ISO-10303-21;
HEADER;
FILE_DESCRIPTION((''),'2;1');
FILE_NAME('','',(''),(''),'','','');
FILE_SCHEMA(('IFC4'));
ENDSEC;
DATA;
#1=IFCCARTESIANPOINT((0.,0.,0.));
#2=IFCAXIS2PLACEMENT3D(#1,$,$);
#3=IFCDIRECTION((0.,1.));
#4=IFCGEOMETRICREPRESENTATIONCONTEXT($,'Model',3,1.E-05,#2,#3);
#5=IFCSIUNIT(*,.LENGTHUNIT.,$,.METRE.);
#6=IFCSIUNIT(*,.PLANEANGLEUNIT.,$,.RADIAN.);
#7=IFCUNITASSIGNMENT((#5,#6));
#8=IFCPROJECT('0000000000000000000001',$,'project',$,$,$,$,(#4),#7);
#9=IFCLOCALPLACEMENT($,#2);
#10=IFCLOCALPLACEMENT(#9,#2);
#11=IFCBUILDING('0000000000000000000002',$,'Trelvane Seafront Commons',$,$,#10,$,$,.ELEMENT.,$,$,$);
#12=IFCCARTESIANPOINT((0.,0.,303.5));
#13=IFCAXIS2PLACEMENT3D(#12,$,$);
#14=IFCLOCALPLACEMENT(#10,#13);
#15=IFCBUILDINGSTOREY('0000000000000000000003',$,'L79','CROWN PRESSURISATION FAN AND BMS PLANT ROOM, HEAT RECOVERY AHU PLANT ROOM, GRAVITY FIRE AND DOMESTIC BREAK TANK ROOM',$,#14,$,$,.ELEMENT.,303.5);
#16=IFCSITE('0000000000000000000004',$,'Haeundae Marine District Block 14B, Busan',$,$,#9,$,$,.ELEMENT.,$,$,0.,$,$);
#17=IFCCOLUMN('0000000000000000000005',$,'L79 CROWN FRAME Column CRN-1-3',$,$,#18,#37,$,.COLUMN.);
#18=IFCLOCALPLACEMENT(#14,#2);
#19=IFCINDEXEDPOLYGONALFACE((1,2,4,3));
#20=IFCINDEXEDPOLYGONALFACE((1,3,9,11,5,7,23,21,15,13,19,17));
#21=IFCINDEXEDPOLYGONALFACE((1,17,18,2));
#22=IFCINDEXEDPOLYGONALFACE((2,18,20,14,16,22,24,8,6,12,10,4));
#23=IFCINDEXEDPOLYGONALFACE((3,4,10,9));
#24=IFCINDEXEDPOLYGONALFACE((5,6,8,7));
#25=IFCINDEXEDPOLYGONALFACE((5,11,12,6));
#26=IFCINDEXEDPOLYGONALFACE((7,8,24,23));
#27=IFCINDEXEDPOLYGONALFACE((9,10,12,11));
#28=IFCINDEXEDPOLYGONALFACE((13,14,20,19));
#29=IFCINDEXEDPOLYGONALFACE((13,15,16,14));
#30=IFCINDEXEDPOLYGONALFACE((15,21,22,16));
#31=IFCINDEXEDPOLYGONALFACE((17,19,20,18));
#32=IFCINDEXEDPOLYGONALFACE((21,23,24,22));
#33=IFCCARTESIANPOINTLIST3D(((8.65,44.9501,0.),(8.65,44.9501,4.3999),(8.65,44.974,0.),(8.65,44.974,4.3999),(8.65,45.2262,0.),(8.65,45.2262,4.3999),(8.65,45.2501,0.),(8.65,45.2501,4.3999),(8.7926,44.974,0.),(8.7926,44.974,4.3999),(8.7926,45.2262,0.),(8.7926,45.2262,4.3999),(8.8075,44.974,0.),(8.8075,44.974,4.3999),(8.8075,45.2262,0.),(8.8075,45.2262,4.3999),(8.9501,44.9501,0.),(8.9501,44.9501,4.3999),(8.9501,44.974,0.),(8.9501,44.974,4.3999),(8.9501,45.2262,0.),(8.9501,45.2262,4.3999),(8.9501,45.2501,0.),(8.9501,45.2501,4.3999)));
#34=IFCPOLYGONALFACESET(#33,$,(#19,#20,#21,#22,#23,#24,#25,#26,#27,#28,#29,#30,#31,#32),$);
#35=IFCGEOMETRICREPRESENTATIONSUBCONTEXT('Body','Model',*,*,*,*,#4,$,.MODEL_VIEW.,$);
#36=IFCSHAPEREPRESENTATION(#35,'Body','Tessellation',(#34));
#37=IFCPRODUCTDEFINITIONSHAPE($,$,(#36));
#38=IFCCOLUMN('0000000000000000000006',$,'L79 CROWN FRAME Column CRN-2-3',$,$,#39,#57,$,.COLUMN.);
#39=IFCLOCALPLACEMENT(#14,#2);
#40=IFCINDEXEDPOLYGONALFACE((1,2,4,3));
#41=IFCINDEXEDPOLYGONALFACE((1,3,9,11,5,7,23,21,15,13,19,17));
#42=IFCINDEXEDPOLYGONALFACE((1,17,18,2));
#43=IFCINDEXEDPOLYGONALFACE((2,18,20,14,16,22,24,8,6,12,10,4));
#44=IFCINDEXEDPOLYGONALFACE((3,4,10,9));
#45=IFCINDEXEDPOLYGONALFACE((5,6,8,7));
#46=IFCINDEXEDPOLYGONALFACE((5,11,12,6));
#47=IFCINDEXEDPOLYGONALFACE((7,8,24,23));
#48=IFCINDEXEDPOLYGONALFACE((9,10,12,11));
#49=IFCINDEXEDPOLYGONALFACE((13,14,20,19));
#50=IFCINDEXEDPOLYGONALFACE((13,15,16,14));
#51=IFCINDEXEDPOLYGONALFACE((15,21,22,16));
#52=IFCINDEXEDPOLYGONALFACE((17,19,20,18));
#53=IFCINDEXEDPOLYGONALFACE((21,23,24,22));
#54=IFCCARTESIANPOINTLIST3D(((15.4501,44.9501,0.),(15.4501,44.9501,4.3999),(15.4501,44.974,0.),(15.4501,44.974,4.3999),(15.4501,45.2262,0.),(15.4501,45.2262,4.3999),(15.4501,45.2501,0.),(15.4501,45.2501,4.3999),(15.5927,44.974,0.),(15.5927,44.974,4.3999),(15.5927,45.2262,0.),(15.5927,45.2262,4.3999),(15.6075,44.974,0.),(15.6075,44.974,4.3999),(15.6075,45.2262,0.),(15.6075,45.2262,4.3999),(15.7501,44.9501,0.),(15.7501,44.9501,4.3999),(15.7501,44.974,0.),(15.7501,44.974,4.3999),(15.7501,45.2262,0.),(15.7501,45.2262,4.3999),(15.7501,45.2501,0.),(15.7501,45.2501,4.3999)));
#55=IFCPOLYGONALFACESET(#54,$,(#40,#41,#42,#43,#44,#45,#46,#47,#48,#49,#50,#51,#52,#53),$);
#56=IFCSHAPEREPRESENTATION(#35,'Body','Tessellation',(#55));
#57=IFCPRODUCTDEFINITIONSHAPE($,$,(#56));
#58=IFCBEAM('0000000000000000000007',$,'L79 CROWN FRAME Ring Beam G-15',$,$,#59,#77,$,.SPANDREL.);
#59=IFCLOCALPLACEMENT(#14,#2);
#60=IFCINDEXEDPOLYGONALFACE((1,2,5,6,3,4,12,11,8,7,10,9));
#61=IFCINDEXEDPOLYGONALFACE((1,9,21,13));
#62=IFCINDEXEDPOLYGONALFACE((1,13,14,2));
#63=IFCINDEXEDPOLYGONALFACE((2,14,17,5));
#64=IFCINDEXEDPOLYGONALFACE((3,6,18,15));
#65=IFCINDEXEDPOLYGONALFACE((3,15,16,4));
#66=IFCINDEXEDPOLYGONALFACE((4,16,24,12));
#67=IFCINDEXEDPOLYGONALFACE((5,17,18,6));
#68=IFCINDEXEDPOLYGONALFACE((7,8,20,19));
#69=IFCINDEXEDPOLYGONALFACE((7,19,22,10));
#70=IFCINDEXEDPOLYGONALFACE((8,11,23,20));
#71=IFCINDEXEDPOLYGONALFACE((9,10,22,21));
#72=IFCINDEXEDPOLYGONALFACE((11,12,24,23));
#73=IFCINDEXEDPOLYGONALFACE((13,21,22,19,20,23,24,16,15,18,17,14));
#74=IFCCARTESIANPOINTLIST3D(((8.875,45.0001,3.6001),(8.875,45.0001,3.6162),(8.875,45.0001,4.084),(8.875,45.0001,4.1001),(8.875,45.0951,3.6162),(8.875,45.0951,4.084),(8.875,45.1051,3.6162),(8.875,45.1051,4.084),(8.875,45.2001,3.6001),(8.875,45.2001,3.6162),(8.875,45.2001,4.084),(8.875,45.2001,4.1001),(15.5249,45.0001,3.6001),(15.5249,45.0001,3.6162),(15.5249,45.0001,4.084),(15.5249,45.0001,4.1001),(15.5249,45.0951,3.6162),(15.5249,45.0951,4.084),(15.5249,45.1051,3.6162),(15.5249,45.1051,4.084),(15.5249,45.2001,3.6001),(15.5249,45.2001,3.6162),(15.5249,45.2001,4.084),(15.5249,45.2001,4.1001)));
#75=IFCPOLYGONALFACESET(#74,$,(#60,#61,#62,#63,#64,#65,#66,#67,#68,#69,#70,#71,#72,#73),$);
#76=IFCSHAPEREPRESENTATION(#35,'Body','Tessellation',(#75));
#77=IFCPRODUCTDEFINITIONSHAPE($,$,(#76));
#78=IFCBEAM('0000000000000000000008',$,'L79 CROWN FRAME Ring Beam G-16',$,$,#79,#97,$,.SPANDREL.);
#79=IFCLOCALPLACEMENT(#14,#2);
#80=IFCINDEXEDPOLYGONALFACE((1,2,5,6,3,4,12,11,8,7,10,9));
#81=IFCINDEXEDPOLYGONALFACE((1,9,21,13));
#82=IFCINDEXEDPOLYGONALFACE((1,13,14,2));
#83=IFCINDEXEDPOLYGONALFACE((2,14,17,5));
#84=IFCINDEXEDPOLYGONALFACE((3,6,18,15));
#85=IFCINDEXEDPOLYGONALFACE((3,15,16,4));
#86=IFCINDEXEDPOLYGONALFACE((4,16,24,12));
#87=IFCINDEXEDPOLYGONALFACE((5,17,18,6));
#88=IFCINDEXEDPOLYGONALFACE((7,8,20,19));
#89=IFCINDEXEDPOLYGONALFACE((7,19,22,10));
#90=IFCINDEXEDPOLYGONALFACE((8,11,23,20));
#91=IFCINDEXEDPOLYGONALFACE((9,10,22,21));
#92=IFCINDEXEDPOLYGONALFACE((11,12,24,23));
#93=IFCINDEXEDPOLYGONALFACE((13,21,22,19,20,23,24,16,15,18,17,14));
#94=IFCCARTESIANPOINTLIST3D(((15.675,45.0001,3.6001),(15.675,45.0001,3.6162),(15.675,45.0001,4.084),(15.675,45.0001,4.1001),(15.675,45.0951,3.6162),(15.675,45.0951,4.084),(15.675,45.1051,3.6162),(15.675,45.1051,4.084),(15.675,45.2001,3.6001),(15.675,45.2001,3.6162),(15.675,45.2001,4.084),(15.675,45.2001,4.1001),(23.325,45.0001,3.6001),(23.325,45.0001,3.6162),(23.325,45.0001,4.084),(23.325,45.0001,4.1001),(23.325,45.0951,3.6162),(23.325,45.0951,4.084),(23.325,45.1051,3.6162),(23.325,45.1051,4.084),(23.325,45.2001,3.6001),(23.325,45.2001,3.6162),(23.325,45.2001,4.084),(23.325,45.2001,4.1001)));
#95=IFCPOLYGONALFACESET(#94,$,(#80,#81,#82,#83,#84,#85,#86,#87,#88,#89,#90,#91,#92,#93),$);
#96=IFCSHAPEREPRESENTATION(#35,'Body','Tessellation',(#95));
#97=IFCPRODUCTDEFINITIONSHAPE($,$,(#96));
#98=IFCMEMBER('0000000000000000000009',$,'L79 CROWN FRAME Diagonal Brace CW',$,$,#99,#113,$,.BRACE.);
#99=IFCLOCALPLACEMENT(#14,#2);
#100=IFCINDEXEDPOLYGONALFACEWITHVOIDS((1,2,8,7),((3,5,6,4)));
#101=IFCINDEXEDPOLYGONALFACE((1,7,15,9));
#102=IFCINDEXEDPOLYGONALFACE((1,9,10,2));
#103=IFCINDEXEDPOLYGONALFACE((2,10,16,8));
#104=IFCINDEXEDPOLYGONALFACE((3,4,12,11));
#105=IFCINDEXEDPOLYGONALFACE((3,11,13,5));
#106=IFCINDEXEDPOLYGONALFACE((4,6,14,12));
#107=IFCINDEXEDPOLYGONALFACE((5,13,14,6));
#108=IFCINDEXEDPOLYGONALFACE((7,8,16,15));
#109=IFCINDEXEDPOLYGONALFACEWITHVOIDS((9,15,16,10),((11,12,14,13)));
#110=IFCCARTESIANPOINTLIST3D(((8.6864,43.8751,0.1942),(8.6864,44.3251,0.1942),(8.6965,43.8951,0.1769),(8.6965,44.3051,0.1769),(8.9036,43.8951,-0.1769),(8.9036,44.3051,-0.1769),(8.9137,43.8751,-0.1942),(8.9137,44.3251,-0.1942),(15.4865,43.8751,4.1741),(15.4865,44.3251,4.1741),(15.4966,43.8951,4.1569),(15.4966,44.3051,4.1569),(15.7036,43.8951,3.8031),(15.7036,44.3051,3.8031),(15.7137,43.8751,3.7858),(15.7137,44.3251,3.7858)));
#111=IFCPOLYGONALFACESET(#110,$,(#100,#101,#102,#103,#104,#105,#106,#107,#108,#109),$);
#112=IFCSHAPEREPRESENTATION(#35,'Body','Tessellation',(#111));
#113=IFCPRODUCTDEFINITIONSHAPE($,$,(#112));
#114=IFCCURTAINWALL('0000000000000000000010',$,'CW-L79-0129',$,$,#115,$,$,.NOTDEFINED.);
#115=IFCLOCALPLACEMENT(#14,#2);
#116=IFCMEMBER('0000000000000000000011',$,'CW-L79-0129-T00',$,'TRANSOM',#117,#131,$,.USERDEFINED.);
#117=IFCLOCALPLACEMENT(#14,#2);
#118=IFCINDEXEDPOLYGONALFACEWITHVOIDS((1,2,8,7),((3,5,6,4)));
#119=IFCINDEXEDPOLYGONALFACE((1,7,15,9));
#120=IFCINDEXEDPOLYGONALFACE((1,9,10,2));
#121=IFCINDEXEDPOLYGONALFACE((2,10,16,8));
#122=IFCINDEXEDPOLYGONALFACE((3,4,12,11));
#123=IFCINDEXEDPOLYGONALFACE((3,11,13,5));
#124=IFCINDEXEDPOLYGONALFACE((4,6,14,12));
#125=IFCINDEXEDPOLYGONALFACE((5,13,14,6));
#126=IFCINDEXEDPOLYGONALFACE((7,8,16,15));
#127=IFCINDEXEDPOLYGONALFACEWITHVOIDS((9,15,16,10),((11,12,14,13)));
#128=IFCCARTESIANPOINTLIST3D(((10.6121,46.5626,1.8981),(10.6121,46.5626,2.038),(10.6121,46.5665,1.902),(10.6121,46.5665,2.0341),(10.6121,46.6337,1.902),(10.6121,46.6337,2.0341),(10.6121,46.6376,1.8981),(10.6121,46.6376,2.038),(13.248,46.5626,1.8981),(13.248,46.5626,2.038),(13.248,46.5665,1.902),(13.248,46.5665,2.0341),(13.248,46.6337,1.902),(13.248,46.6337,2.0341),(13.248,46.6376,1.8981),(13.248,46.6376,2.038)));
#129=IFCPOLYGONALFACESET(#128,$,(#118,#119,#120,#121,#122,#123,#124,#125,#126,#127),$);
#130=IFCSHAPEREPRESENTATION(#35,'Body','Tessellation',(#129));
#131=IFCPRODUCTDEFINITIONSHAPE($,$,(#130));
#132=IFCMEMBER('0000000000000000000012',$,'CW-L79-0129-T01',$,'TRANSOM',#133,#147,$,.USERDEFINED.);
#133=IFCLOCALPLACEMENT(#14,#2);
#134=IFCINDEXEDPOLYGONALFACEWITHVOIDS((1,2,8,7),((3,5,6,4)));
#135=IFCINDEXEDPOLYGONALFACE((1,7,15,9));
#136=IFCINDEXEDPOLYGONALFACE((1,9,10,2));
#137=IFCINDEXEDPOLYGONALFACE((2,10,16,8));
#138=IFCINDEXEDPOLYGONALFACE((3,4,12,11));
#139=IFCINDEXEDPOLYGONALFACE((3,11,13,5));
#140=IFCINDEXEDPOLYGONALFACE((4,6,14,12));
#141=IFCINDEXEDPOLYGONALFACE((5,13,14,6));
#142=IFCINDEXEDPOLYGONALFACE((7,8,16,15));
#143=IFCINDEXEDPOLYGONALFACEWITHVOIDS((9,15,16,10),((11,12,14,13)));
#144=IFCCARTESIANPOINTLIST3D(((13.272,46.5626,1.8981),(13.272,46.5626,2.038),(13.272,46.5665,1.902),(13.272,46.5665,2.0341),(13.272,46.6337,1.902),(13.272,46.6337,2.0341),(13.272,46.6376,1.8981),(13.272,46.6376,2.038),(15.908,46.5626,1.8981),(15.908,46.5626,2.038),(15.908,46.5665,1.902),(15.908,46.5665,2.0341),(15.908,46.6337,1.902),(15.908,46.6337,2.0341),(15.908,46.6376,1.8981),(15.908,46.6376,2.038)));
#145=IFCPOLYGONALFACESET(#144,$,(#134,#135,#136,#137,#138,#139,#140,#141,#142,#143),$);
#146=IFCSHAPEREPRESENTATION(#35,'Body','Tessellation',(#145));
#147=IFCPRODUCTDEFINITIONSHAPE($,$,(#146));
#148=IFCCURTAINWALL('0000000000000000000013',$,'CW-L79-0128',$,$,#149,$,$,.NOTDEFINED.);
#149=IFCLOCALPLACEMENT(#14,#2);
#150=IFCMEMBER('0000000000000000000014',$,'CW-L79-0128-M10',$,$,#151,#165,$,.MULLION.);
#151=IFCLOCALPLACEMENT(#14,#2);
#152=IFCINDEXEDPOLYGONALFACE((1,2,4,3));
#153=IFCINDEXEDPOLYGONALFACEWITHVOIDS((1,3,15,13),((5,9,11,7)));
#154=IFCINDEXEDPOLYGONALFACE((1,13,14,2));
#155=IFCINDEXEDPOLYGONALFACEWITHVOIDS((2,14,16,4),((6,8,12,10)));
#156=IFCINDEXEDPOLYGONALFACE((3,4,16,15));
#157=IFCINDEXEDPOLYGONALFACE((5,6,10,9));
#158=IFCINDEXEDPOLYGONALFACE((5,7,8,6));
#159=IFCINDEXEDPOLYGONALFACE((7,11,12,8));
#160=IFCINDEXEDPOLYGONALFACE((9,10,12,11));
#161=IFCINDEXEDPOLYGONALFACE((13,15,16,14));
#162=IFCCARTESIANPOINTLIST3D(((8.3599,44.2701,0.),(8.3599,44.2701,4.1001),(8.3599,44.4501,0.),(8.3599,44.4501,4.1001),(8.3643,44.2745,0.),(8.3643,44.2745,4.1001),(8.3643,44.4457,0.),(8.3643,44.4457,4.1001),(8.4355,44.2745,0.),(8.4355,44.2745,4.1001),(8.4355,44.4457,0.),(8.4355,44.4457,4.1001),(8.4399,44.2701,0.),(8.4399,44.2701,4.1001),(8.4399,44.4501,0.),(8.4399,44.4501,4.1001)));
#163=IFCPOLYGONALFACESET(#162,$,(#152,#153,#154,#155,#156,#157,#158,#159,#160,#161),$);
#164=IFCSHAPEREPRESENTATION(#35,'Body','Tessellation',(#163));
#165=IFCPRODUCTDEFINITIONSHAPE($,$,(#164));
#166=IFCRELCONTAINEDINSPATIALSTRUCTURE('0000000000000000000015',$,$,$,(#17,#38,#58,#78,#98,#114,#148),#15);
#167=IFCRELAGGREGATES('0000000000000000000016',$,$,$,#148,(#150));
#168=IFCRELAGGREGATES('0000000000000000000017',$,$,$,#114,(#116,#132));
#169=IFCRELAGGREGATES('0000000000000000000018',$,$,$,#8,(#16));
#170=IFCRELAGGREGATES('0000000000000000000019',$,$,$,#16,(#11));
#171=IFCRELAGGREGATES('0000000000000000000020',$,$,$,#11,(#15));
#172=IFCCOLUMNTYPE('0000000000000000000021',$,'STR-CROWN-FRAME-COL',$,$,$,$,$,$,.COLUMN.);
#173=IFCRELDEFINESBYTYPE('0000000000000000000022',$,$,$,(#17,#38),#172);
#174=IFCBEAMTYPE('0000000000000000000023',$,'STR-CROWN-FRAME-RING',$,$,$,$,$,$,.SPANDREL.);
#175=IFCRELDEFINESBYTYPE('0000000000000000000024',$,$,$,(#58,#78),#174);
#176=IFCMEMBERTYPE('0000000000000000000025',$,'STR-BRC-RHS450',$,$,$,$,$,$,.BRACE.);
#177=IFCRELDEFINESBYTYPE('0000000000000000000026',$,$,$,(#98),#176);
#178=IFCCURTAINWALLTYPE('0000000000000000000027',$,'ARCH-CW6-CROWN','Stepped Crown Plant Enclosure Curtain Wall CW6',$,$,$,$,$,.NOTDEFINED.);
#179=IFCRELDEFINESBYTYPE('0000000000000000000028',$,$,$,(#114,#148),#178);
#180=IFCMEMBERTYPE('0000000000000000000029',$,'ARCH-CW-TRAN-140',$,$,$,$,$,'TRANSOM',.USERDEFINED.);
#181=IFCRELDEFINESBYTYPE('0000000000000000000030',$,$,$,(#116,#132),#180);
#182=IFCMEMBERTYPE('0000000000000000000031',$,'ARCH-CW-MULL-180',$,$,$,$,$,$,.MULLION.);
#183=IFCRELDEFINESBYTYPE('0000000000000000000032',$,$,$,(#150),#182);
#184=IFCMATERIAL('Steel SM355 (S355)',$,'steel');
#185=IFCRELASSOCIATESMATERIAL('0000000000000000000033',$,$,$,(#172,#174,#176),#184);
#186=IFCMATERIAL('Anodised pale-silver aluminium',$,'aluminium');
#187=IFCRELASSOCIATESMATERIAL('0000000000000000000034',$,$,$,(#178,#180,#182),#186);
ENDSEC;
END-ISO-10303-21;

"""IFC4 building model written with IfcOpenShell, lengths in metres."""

from ifc_helpers import new_model, si_unit, direction, frame, origin, origin_2d, place, context, subcontext, project, spatial, hollow_rectangle, i_section, extrude, source, transform, mapped, material, material_profile, profile_set, type_object, element, aggregate, save


model = new_model("IFC4")

# Units and contexts
model_context = context("Model", 3, precision=1e-05, world=origin(), true_north=direction((0.0, 1.0)))
body_context = subcontext(model_context, "Body", "Model", "MODEL_VIEW")
ifc_project = project(units=[si_unit("LENGTHUNIT", "METRE"), si_unit("PLANEANGLEUNIT", "RADIAN")], contexts=[model_context])

# Site, building, storey
site_placement = place(None, origin())
site = spatial("IfcSite", under=ifc_project, at=site_placement, Name="Haeundae Marine District Block 14B, Busan", CompositionType="ELEMENT", RefElevation=0.0)
building_placement = place(site_placement, origin())
building = spatial("IfcBuilding", under=site, at=building_placement, Name="Trelvane Seafront Commons", CompositionType="ELEMENT")
storey_placement = place(building_placement, frame((0.0, 0.0, 303.5)))
storey = spatial("IfcBuildingStorey", under=building, at=storey_placement, Name="L79", Description="CROWN PRESSURISATION FAN AND BMS PLANT ROOM, HEAT RECOVERY AHU PLANT ROOM, GRAVITY FIRE AND DOMESTIC BREAK TANK ROOM", CompositionType="ELEMENT", Elevation=303.5)

# Columns
ifc_material_1 = material(Name="Steel SM355 (S355)", Category="steel")
ifc_material_profile_1 = material_profile(ifc_material_1, i_section(OverallWidth=0.3, OverallDepth=0.3, WebThickness=0.0149, FlangeThickness=0.0239, at=origin_2d()), Name="HD-300x300x15x24")
ifc_profile_set_1 = profile_set([ifc_material_profile_1], Name="Steel SM355 (S355)")
column_type = type_object("IfcColumnType", Name="STR-CROWN-FRAME-COL", PredefinedType="COLUMN", material=ifc_profile_set_1)
shared_shape_1 = source(origin(), body_context, "Body", "SweptSolid", [
    extrude(i_section(OverallWidth=0.3, OverallDepth=0.3, WebThickness=0.0149, FlangeThickness=0.0239, at=origin_2d()), origin(), (0.0, 0.0, 1.0), 4.3999),
])
for number, where, z_axis, x_axis, name in (
    (1, (8.8, 45.1001, 0.0), (0.0, 0.0, 1.0), (1.0, 0.0, 0.0), "L79 CROWN FRAME Column CRN-1-3"),
    (2, (15.6001, 45.1001, 0.0), (0.0, 0.0, 1.0), (1.0, 0.0, 0.0), "L79 CROWN FRAME Column CRN-2-3"),
):
    element("IfcColumn", number, at=place(storey_placement, frame(where, z_axis=z_axis, x_axis=x_axis)), inside=storey, type_object=column_type, Name=name, PredefinedType="COLUMN", context=body_context, shape_type="MappedRepresentation", body=[
        mapped(shared_shape_1, transform((0.0, 0.0, 0.0), x_axis=(1.0, 0.0, 0.0), y_axis=(0.0, 1.0, 0.0), z_axis=(0.0, 0.0, 1.0), scale=1.0)),
    ])

# Beams
ifc_material_profile_2 = material_profile(ifc_material_1, i_section(OverallWidth=0.2, OverallDepth=0.5, WebThickness=0.01, FlangeThickness=0.0161, at=origin_2d()), Name="H-500x200x10x16")
ifc_profile_set_2 = profile_set([ifc_material_profile_2], Name="Steel SM355 (S355)")
beam_type = type_object("IfcBeamType", Name="STR-CROWN-FRAME-RING", PredefinedType="SPANDREL", material=ifc_profile_set_2)
shared_shape_2 = source(origin(), body_context, "Body", "SweptSolid", [
    extrude(i_section(OverallWidth=0.2, OverallDepth=0.5, WebThickness=0.01, FlangeThickness=0.0161, at=origin_2d()), origin(), (0.0, 0.0, 1.0), 6.6499),
])
beam_1_placement = place(storey_placement, frame((8.875, 45.1001, 3.8501), z_axis=(1.0, 0.0, 0.0), x_axis=(0.0, 1.0, 0.0)))
element("IfcBeam", 3, at=beam_1_placement, inside=storey, type_object=beam_type, Name="L79 CROWN FRAME Ring Beam G-15", PredefinedType="SPANDREL", context=body_context, shape_type="MappedRepresentation", body=[
    mapped(shared_shape_2, transform((0.0, 0.0, 0.0), x_axis=(1.0, 0.0, 0.0), y_axis=(0.0, 1.0, 0.0), z_axis=(0.0, 0.0, 1.0), scale=1.0)),
])
shared_shape_3 = source(origin(), body_context, "Body", "SweptSolid", [
    extrude(i_section(OverallWidth=0.2, OverallDepth=0.5, WebThickness=0.01, FlangeThickness=0.0161, at=origin_2d()), origin(), (0.0, 0.0, 1.0), 7.6499),
])
beam_2_placement = place(storey_placement, frame((15.675, 45.1001, 3.8501), z_axis=(1.0, 0.0, 0.0), x_axis=(0.0, 1.0, 0.0)))
element("IfcBeam", 4, at=beam_2_placement, inside=storey, type_object=beam_type, Name="L79 CROWN FRAME Ring Beam G-16", PredefinedType="SPANDREL", context=body_context, shape_type="MappedRepresentation", body=[
    mapped(shared_shape_3, transform((0.0, 0.0, 0.0), x_axis=(1.0, 0.0, 0.0), y_axis=(0.0, 1.0, 0.0), z_axis=(0.0, 0.0, 1.0), scale=1.0)),
])

# Member
ifc_material_profile_3 = material_profile(ifc_material_1, hollow_rectangle(XDim=0.45, YDim=0.45, WallThickness=0.02, at=origin_2d()), Name="RHS-450x450x20")
ifc_profile_set_3 = profile_set([ifc_material_profile_3], Name="Steel SM355 (S355)")
member_type_1 = type_object("IfcMemberType", Name="STR-BRC-RHS450", PredefinedType="BRACE", material=ifc_profile_set_3)
shared_shape_4 = source(origin(), body_context, "Body", "SweptSolid", [
    extrude(hollow_rectangle(XDim=0.45, YDim=0.45, WallThickness=0.02, at=origin_2d()), origin(), (0.0, 0.0, 1.0), 7.8792),
])
member_1_placement = place(storey_placement, frame((8.8, 44.1001, 0.0), z_axis=(0.863044, 0.0, 0.505129), x_axis=(0.0, 1.0, 0.0)))
element("IfcMember", 5, at=member_1_placement, inside=storey, type_object=member_type_1, Name="L79 CROWN FRAME Diagonal Brace CW", PredefinedType="BRACE", context=body_context, shape_type="MappedRepresentation", body=[
    mapped(shared_shape_4, transform((0.0, 0.0, 0.0), x_axis=(1.0, 0.0, 0.0), y_axis=(0.0, 1.0, 0.0), z_axis=(0.0, 0.0, 1.0), scale=1.0)),
])

# Curtain wall, members
ifc_material_2 = material(Name="Anodised pale-silver aluminium", Category="aluminium")
curtain_wall_type = type_object("IfcCurtainWallType", Name="ARCH-CW6-CROWN", Description="Stepped Crown Plant Enclosure Curtain Wall CW6", PredefinedType="NOTDEFINED", material=ifc_material_2)
curtain_wall_1_placement = place(storey_placement, origin())
curtain_wall_1 = element("IfcCurtainWall", 6, at=curtain_wall_1_placement, inside=storey, type_object=curtain_wall_type, Name="CW-L79-0129", PredefinedType="NOTDEFINED")
ifc_material_profile_4 = material_profile(ifc_material_2, hollow_rectangle(XDim=0.075, YDim=0.1399, WallThickness=0.0039, at=origin_2d()), Name="TRAN-75x140x4")
ifc_profile_set_4 = profile_set([ifc_material_profile_4], Name="Anodised pale-silver aluminium")
member_type_2 = type_object("IfcMemberType", Name="ARCH-CW-TRAN-140", ElementType="TRANSOM", PredefinedType="USERDEFINED", material=ifc_profile_set_4)
shared_shape_5 = source(origin(), body_context, "Body", "SweptSolid", [
    extrude(hollow_rectangle(XDim=0.075, YDim=0.1399, WallThickness=0.0039, at=origin_2d()), origin(), (0.0, 0.0, 1.0), 2.636),
])
member_2_placement = place(storey_placement, frame((10.6121, 46.6001, 1.968), z_axis=(1.0, 0.0, 0.0), x_axis=(0.0, 1.0, 0.0)))
member_2 = element("IfcMember", 7, at=member_2_placement, type_object=member_type_2, Name="CW-L79-0129-T00", ObjectType="TRANSOM", PredefinedType="USERDEFINED", context=body_context, shape_type="MappedRepresentation", body=[
    mapped(shared_shape_5, transform((0.0, 0.0, 0.0), x_axis=(1.0, 0.0, 0.0), y_axis=(0.0, 1.0, 0.0), z_axis=(0.0, 0.0, 1.0), scale=1.0)),
])
member_3_placement = place(storey_placement, frame((13.272, 46.6001, 1.968), z_axis=(1.0, 0.0, 0.0), x_axis=(0.0, 1.0, 0.0)))
member_3 = element("IfcMember", 8, at=member_3_placement, type_object=member_type_2, Name="CW-L79-0129-T01", ObjectType="TRANSOM", PredefinedType="USERDEFINED", context=body_context, shape_type="MappedRepresentation", body=[
    mapped(shared_shape_5, transform((0.0, 0.0, 0.0), x_axis=(1.0, 0.0, 0.0), y_axis=(0.0, 1.0, 0.0), z_axis=(0.0, 0.0, 1.0), scale=1.0)),
])

# Curtain wall, member
curtain_wall_2_placement = place(storey_placement, origin())
curtain_wall_2 = element("IfcCurtainWall", 9, at=curtain_wall_2_placement, inside=storey, type_object=curtain_wall_type, Name="CW-L79-0128", PredefinedType="NOTDEFINED")
ifc_material_profile_5 = material_profile(ifc_material_2, hollow_rectangle(XDim=0.0801, YDim=0.1799, WallThickness=0.0044, at=origin_2d()), Name="MULL-80x180x4.5")
ifc_profile_set_5 = profile_set([ifc_material_profile_5], Name="Anodised pale-silver aluminium")
member_type_3 = type_object("IfcMemberType", Name="ARCH-CW-MULL-180", PredefinedType="MULLION", material=ifc_profile_set_5)
shared_shape_6 = source(origin(), body_context, "Body", "SweptSolid", [
    extrude(hollow_rectangle(XDim=0.0801, YDim=0.1799, WallThickness=0.0044, at=origin_2d()), origin(), (0.0, 0.0, 1.0), 4.1001),
])
member_4_placement = place(storey_placement, frame((8.3999, 44.3601, 0.0), z_axis=(0.0, 0.0, 1.0), x_axis=(1.0, 0.0, 0.0)))
member_4 = element("IfcMember", 10, at=member_4_placement, type_object=member_type_3, Name="CW-L79-0128-M10", PredefinedType="MULLION", context=body_context, shape_type="MappedRepresentation", body=[
    mapped(shared_shape_6, transform((0.0, 0.0, 0.0), x_axis=(1.0, 0.0, 0.0), y_axis=(0.0, 1.0, 0.0), z_axis=(0.0, 0.0, 1.0), scale=1.0)),
])

aggregate(curtain_wall_2, [member_4])
aggregate(curtain_wall_1, [member_2, member_3])

save(model, "model.ifc")
